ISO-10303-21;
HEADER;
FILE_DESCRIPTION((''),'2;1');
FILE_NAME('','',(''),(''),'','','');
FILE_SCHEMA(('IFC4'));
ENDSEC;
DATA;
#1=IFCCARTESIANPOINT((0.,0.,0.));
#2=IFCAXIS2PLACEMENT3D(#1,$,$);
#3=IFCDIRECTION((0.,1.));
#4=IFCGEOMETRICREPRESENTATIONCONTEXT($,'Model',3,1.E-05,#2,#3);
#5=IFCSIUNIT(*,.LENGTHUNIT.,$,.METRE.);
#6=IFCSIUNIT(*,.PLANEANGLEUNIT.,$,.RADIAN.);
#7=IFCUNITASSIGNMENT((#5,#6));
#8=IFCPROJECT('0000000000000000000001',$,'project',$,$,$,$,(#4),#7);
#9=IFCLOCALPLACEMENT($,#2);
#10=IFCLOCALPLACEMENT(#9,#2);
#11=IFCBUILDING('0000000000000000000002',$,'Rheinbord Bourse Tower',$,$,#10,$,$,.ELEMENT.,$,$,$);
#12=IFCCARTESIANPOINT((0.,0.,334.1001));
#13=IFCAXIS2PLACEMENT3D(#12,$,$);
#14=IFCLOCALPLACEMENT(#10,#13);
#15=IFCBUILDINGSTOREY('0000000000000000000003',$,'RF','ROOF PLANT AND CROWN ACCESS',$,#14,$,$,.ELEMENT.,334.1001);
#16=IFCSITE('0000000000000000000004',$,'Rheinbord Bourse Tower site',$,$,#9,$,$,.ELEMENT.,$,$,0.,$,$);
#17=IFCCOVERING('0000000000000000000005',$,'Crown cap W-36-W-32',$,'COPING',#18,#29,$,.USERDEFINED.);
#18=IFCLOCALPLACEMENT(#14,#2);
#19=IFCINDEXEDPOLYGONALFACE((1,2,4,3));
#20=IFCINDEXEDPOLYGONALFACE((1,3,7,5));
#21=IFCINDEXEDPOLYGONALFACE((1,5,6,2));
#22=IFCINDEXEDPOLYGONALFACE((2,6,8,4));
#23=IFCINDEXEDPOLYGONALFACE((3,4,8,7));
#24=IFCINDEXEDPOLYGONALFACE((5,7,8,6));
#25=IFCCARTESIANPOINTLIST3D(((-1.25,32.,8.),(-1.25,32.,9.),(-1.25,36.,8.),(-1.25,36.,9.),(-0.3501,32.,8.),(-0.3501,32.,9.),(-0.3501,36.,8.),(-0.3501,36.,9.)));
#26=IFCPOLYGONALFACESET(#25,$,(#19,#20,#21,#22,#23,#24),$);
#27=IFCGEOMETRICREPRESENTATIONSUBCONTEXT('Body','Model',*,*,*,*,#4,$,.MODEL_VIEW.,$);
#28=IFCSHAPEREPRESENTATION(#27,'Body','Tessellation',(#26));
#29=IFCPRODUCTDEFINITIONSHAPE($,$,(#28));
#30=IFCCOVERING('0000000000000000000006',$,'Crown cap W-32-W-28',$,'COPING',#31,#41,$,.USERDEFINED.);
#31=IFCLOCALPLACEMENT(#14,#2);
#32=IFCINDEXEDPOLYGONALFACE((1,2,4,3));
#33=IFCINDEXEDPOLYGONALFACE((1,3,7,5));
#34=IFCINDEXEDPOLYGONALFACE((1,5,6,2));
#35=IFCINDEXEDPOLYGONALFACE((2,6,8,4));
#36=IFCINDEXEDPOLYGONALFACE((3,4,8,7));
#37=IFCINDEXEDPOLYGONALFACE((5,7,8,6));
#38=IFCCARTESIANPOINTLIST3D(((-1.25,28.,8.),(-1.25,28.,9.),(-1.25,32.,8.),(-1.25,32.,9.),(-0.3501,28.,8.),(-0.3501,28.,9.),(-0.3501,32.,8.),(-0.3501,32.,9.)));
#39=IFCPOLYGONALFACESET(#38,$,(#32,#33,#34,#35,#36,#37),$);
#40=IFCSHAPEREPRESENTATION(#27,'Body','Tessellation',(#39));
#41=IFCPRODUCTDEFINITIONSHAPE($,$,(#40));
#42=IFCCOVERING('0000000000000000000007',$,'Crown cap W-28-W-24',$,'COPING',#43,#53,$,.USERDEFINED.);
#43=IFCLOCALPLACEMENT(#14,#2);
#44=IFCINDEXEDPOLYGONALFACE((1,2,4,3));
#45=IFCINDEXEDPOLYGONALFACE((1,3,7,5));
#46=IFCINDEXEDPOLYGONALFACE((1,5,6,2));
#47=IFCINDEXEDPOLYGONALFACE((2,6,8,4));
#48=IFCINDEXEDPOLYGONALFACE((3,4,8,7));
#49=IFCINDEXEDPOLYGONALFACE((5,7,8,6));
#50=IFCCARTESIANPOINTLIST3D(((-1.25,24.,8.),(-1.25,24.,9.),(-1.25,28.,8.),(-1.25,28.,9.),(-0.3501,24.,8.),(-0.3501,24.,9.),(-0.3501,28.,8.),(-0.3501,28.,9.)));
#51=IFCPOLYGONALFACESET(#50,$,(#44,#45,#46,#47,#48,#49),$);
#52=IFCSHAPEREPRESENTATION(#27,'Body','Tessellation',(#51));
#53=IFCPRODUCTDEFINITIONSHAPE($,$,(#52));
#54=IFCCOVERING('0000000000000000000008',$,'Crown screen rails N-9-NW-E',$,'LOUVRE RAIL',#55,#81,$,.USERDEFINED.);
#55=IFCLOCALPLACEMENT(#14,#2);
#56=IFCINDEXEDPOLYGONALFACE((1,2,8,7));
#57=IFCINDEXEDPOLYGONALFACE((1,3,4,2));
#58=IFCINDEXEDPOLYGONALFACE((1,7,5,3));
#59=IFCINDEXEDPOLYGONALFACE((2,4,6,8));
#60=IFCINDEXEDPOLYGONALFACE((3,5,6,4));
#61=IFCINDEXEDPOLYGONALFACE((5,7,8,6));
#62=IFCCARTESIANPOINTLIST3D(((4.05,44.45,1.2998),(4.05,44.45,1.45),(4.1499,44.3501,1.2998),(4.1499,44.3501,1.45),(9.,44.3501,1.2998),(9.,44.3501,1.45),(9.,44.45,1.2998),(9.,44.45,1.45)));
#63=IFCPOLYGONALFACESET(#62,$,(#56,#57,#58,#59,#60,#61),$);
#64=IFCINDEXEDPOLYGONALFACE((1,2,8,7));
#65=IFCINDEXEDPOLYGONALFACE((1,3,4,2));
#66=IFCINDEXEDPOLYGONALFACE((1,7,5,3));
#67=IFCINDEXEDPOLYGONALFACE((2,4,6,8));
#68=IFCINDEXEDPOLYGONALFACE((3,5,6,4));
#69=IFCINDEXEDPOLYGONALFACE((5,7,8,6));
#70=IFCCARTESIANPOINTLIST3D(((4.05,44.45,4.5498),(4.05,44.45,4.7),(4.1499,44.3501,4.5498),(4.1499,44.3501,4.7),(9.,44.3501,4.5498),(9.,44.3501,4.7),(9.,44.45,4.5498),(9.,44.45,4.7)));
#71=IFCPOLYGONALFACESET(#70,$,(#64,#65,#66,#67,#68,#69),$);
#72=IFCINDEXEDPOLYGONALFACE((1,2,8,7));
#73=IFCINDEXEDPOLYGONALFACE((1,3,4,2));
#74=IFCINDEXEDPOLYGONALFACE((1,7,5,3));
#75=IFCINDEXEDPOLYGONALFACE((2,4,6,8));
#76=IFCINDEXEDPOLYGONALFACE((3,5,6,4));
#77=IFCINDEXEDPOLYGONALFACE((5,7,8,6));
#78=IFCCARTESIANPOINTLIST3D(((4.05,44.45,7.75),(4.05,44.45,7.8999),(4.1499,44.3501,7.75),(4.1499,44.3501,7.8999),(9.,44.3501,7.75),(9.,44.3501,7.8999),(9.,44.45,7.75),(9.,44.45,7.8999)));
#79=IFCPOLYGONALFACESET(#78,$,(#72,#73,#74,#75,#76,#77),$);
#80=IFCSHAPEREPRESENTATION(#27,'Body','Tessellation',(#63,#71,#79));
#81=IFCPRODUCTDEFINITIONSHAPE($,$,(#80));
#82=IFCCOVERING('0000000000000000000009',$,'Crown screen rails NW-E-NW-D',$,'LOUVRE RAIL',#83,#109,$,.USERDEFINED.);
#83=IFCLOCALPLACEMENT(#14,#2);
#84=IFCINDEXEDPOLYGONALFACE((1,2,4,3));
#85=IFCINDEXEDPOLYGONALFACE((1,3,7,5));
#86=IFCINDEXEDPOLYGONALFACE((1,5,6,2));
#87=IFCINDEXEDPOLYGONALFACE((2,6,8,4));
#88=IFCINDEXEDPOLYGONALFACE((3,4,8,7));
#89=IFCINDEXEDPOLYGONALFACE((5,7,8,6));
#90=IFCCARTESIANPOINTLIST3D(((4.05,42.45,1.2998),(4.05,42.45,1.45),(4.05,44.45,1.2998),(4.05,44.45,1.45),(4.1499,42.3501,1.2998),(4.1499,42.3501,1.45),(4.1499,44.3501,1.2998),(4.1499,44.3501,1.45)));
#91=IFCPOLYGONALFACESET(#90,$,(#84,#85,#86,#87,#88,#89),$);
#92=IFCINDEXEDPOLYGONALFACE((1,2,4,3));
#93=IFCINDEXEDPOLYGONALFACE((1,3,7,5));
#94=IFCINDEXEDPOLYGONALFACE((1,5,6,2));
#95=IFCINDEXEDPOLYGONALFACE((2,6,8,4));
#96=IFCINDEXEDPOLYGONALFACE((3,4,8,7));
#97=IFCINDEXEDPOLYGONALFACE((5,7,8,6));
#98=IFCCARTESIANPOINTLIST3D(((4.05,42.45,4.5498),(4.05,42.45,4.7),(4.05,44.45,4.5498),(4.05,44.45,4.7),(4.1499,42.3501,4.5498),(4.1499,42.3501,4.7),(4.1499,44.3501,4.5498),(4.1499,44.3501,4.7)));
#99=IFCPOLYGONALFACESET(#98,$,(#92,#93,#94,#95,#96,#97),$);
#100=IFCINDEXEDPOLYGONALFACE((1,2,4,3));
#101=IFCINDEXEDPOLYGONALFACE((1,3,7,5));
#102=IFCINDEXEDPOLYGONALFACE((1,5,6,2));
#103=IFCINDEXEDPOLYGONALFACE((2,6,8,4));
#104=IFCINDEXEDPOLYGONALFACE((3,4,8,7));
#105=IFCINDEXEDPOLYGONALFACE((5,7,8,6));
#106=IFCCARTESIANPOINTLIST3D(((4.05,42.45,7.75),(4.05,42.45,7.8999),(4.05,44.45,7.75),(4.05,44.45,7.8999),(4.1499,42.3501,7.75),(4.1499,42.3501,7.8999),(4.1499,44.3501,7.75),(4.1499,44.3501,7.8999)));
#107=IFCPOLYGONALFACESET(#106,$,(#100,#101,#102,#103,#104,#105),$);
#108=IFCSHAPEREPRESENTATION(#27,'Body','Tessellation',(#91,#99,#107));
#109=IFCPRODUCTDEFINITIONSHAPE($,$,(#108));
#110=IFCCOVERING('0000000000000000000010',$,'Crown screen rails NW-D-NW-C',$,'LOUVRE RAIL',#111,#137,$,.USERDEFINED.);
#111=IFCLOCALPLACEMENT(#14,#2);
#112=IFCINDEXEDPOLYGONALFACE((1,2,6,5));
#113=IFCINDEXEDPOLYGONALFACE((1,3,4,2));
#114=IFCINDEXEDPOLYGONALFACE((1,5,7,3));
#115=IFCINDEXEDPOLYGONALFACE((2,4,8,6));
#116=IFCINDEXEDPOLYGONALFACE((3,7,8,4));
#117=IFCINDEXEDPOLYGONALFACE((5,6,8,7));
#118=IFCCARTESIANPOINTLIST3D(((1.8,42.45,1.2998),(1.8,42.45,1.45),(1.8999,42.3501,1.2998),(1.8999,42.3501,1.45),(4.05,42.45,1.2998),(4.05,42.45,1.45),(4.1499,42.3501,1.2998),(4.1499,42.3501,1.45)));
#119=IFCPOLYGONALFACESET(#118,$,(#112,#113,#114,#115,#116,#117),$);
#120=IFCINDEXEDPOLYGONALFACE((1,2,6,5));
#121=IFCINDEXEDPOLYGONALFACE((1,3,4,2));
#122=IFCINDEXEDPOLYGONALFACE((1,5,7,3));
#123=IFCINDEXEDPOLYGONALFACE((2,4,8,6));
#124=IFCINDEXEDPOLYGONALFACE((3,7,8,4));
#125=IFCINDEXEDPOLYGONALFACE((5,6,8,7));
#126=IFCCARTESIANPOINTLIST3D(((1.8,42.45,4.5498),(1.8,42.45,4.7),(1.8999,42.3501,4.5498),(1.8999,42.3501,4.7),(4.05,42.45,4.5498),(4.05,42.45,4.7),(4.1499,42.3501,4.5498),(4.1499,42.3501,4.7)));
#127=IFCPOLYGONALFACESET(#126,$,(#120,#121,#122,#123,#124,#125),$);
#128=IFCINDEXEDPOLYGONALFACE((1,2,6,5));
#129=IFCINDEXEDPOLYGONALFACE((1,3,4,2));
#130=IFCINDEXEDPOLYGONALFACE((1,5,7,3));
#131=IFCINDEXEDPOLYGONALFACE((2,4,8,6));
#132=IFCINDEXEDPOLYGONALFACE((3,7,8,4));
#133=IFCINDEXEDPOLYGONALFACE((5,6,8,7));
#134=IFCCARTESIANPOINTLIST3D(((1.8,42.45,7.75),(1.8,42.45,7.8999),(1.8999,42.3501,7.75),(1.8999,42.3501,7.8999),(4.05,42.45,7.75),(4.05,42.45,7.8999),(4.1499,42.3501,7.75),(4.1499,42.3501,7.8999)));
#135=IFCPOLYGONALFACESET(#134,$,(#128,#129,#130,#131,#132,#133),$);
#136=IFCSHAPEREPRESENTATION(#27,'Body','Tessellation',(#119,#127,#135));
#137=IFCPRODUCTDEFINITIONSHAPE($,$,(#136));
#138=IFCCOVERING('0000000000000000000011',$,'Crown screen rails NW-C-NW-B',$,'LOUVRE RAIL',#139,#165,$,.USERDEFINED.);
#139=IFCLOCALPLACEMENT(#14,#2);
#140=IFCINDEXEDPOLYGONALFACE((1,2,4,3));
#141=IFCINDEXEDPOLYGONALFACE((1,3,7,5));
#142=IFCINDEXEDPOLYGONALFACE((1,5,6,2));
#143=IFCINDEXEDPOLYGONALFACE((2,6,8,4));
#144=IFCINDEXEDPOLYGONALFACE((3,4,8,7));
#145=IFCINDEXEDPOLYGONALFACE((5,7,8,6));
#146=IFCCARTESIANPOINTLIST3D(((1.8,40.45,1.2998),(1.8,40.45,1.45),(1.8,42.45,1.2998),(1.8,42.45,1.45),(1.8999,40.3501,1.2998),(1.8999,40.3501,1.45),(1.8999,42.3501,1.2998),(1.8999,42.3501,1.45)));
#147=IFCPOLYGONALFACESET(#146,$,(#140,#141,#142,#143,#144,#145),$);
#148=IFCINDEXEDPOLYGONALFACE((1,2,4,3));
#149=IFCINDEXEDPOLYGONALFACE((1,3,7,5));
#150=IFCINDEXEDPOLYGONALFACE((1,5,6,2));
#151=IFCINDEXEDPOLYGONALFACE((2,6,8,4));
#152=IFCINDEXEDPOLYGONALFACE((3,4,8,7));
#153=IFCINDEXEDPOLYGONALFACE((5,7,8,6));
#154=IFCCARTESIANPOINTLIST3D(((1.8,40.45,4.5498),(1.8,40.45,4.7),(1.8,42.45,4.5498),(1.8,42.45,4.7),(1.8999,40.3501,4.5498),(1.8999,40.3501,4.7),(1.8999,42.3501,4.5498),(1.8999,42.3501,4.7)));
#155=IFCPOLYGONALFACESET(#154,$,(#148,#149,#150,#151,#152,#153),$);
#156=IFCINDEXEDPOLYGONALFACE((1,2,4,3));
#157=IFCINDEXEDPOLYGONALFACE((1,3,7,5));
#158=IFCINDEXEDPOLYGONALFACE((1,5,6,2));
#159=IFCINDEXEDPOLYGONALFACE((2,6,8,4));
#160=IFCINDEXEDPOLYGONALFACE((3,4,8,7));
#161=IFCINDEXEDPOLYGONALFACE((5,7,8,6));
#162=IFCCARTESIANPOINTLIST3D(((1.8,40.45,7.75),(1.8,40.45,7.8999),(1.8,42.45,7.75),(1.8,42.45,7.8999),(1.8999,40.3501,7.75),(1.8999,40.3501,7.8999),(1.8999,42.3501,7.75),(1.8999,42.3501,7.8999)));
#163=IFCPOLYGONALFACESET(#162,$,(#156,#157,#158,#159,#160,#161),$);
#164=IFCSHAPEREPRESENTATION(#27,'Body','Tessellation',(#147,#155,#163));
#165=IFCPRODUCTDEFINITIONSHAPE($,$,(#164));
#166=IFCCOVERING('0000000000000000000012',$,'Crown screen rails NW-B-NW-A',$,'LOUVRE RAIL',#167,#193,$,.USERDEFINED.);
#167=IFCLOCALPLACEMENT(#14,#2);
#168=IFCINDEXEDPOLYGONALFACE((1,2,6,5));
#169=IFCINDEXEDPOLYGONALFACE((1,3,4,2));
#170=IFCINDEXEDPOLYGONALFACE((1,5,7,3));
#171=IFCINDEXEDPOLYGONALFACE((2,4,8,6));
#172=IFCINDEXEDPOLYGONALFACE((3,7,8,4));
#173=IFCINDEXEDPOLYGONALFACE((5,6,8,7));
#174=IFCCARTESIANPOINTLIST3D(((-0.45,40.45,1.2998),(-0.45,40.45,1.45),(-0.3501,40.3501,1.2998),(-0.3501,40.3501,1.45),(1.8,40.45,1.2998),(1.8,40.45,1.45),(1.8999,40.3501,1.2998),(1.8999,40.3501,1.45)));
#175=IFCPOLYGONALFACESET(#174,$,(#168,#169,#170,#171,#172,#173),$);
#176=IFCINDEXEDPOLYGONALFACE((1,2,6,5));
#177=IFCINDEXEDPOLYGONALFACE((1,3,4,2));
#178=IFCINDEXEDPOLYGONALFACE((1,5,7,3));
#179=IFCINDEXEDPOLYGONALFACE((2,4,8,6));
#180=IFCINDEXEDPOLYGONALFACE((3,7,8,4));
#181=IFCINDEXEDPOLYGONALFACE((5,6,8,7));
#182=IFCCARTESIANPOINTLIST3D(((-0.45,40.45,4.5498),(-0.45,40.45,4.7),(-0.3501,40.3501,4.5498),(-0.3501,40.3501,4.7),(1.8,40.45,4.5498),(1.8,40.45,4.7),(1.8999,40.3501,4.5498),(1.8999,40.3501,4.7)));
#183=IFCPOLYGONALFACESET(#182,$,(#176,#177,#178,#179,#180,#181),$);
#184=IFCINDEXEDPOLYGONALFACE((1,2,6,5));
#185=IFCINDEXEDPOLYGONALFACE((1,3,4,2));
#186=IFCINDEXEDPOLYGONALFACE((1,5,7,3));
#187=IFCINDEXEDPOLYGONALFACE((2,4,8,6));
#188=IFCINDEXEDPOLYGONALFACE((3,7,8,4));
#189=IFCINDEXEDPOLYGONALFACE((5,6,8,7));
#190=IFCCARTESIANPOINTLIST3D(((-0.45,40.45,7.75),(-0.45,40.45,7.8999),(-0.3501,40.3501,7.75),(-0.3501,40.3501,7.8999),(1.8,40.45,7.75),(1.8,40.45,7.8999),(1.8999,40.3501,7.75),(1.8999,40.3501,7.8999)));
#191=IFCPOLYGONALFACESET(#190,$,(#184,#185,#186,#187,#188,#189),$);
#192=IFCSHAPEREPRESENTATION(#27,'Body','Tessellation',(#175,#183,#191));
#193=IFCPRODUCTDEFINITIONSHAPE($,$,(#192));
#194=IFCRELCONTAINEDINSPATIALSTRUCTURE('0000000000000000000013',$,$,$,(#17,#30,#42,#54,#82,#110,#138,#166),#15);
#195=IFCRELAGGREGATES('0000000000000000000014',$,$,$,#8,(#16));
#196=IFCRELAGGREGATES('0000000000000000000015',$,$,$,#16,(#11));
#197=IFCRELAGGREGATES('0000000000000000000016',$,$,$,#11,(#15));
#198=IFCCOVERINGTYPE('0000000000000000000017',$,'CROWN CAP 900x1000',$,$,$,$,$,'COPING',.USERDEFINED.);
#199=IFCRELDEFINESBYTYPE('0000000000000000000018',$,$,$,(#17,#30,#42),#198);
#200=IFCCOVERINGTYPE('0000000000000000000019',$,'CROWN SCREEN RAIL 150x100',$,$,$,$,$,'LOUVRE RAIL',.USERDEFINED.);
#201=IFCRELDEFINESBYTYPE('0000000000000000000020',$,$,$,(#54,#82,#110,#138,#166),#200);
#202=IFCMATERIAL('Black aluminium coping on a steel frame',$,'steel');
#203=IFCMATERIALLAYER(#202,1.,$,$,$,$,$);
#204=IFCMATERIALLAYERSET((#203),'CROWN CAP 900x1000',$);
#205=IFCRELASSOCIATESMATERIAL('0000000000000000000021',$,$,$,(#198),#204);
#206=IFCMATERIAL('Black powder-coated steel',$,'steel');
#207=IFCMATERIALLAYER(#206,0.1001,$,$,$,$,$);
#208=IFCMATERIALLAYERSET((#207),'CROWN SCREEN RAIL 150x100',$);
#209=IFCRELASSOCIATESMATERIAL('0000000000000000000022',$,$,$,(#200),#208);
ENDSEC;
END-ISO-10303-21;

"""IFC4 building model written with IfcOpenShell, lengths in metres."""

from ifc_helpers import new_model, si_unit, direction, frame, origin, place, context, subcontext, project, spatial, polyline, outline, extrude, material, layer, layer_set, type_object, element, save


model = new_model("IFC4")

# Units and contexts
model_context = context("Model", 3, precision=1e-05, world=origin(), true_north=direction((0.0, 1.0)))
body_context = subcontext(model_context, "Body", "Model", "MODEL_VIEW")
ifc_project = project(units=[si_unit("LENGTHUNIT", "METRE"), si_unit("PLANEANGLEUNIT", "RADIAN")], contexts=[model_context])

# Site, building, storey
site_placement = place(None, origin())
site = spatial("IfcSite", under=ifc_project, at=site_placement, Name="Rheinbord Bourse Tower site", CompositionType="ELEMENT", RefElevation=0.0)
building_placement = place(site_placement, origin())
building = spatial("IfcBuilding", under=site, at=building_placement, Name="Rheinbord Bourse Tower", CompositionType="ELEMENT")
storey_placement = place(building_placement, frame((0.0, 0.0, 334.1001)))
storey = spatial("IfcBuildingStorey", under=building, at=storey_placement, Name="RF", Description="ROOF PLANT AND CROWN ACCESS", CompositionType="ELEMENT", Elevation=334.1001)

# Coverings
ifc_material_1 = material(Name="Black aluminium coping on a steel frame", Category="steel")
ifc_layer_1 = layer(ifc_material_1, 1.0)
ifc_layer_set_1 = layer_set([ifc_layer_1], Name="CROWN CAP 900x1000")
covering_type_1 = type_object("IfcCoveringType", Name="CROWN CAP 900x1000", ElementType="COPING", PredefinedType="USERDEFINED", material=ifc_layer_set_1)
covering_1_placement = place(storey_placement, frame((0.0, 0.0, 8.0)))
element("IfcCovering", 1, at=covering_1_placement, inside=storey, type_object=covering_type_1, Name="Crown cap W-36-W-32", ObjectType="COPING", PredefinedType="USERDEFINED", context=body_context, shape_type="SweptSolid", body=[
    extrude(outline(polyline([(-0.3501, 36.0), (-0.3501, 32.0), (-1.25, 32.0), (-1.25, 36.0), (-0.3501, 36.0)])), origin(), (0.0, 0.0, 1.0), 1.0),
])
covering_2_placement = place(storey_placement, frame((0.0, 0.0, 8.0)))
element("IfcCovering", 2, at=covering_2_placement, inside=storey, type_object=covering_type_1, Name="Crown cap W-32-W-28", ObjectType="COPING", PredefinedType="USERDEFINED", context=body_context, shape_type="SweptSolid", body=[
    extrude(outline(polyline([(-0.3501, 32.0), (-0.3501, 28.0), (-1.25, 28.0), (-1.25, 32.0), (-0.3501, 32.0)])), origin(), (0.0, 0.0, 1.0), 1.0),
])
covering_3_placement = place(storey_placement, frame((0.0, 0.0, 8.0)))
element("IfcCovering", 3, at=covering_3_placement, inside=storey, type_object=covering_type_1, Name="Crown cap W-28-W-24", ObjectType="COPING", PredefinedType="USERDEFINED", context=body_context, shape_type="SweptSolid", body=[
    extrude(outline(polyline([(-0.3501, 28.0), (-0.3501, 24.0), (-1.25, 24.0), (-1.25, 28.0), (-0.3501, 28.0)])), origin(), (0.0, 0.0, 1.0), 1.0),
])
ifc_material_2 = material(Name="Black powder-coated steel", Category="steel")
ifc_layer_2 = layer(ifc_material_2, 0.1001)
ifc_layer_set_2 = layer_set([ifc_layer_2], Name="CROWN SCREEN RAIL 150x100")
covering_type_2 = type_object("IfcCoveringType", Name="CROWN SCREEN RAIL 150x100", ElementType="LOUVRE RAIL", PredefinedType="USERDEFINED", material=ifc_layer_set_2)
covering_4_placement = place(storey_placement, frame((0.0, 0.0, 1.2998)))
element("IfcCovering", 4, at=covering_4_placement, inside=storey, type_object=covering_type_2, Name="Crown screen rails N-9-NW-E", ObjectType="LOUVRE RAIL", PredefinedType="USERDEFINED", context=body_context, shape_type="SweptSolid", body=[
    extrude(outline(polyline([(9.0, 44.3501), (4.1499, 44.3501), (4.05, 44.45), (9.0, 44.45), (9.0, 44.3501)])), origin(), (0.0, 0.0, 1.0), 0.1501),
    extrude(outline(polyline([(9.0, 44.3501), (4.1499, 44.3501), (4.05, 44.45), (9.0, 44.45), (9.0, 44.3501)])), frame((0.0, 0.0, 3.25)), (0.0, 0.0, 1.0), 0.1501),
    extrude(outline(polyline([(9.0, 44.3501), (4.1499, 44.3501), (4.05, 44.45), (9.0, 44.45), (9.0, 44.3501)])), frame((0.0, 0.0, 6.4502)), (0.0, 0.0, 1.0), 0.1499),
])
covering_5_placement = place(storey_placement, frame((0.0, 0.0, 1.2998)))
element("IfcCovering", 5, at=covering_5_placement, inside=storey, type_object=covering_type_2, Name="Crown screen rails NW-E-NW-D", ObjectType="LOUVRE RAIL", PredefinedType="USERDEFINED", context=body_context, shape_type="SweptSolid", body=[
    extrude(outline(polyline([(4.1499, 44.3501), (4.1499, 42.3501), (4.05, 42.45), (4.05, 44.45), (4.1499, 44.3501)])), origin(), (0.0, 0.0, 1.0), 0.1501),
    extrude(outline(polyline([(4.1499, 44.3501), (4.1499, 42.3501), (4.05, 42.45), (4.05, 44.45), (4.1499, 44.3501)])), frame((0.0, 0.0, 3.25)), (0.0, 0.0, 1.0), 0.1501),
    extrude(outline(polyline([(4.1499, 44.3501), (4.1499, 42.3501), (4.05, 42.45), (4.05, 44.45), (4.1499, 44.3501)])), frame((0.0, 0.0, 6.4502)), (0.0, 0.0, 1.0), 0.1499),
])
covering_6_placement = place(storey_placement, frame((0.0, 0.0, 1.2998)))
element("IfcCovering", 6, at=covering_6_placement, inside=storey, type_object=covering_type_2, Name="Crown screen rails NW-D-NW-C", ObjectType="LOUVRE RAIL", PredefinedType="USERDEFINED", context=body_context, shape_type="SweptSolid", body=[
    extrude(outline(polyline([(4.1499, 42.3501), (1.8999, 42.3501), (1.8, 42.45), (4.05, 42.45), (4.1499, 42.3501)])), origin(), (0.0, 0.0, 1.0), 0.1501),
    extrude(outline(polyline([(4.1499, 42.3501), (1.8999, 42.3501), (1.8, 42.45), (4.05, 42.45), (4.1499, 42.3501)])), frame((0.0, 0.0, 3.25)), (0.0, 0.0, 1.0), 0.1501),
    extrude(outline(polyline([(4.1499, 42.3501), (1.8999, 42.3501), (1.8, 42.45), (4.05, 42.45), (4.1499, 42.3501)])), frame((0.0, 0.0, 6.4502)), (0.0, 0.0, 1.0), 0.1499),
])
covering_7_placement = place(storey_placement, frame((0.0, 0.0, 1.2998)))
element("IfcCovering", 7, at=covering_7_placement, inside=storey, type_object=covering_type_2, Name="Crown screen rails NW-C-NW-B", ObjectType="LOUVRE RAIL", PredefinedType="USERDEFINED", context=body_context, shape_type="SweptSolid", body=[
    extrude(outline(polyline([(1.8999, 42.3501), (1.8999, 40.3501), (1.8, 40.45), (1.8, 42.45), (1.8999, 42.3501)])), origin(), (0.0, 0.0, 1.0), 0.1501),
    extrude(outline(polyline([(1.8999, 42.3501), (1.8999, 40.3501), (1.8, 40.45), (1.8, 42.45), (1.8999, 42.3501)])), frame((0.0, 0.0, 3.25)), (0.0, 0.0, 1.0), 0.1501),
    extrude(outline(polyline([(1.8999, 42.3501), (1.8999, 40.3501), (1.8, 40.45), (1.8, 42.45), (1.8999, 42.3501)])), frame((0.0, 0.0, 6.4502)), (0.0, 0.0, 1.0), 0.1499),
])
covering_8_placement = place(storey_placement, frame((0.0, 0.0, 1.2998)))
element("IfcCovering", 8, at=covering_8_placement, inside=storey, type_object=covering_type_2, Name="Crown screen rails NW-B-NW-A", ObjectType="LOUVRE RAIL", PredefinedType="USERDEFINED", context=body_context, shape_type="SweptSolid", body=[
    extrude(outline(polyline([(1.8999, 40.3501), (-0.3501, 40.3501), (-0.45, 40.45), (1.8, 40.45), (1.8999, 40.3501)])), origin(), (0.0, 0.0, 1.0), 0.1501),
    extrude(outline(polyline([(1.8999, 40.3501), (-0.3501, 40.3501), (-0.45, 40.45), (1.8, 40.45), (1.8999, 40.3501)])), frame((0.0, 0.0, 3.25)), (0.0, 0.0, 1.0), 0.1501),
    extrude(outline(polyline([(1.8999, 40.3501), (-0.3501, 40.3501), (-0.45, 40.45), (1.8, 40.45), (1.8999, 40.3501)])), frame((0.0, 0.0, 6.4502)), (0.0, 0.0, 1.0), 0.1499),
])

save(model, "model.ifc")
